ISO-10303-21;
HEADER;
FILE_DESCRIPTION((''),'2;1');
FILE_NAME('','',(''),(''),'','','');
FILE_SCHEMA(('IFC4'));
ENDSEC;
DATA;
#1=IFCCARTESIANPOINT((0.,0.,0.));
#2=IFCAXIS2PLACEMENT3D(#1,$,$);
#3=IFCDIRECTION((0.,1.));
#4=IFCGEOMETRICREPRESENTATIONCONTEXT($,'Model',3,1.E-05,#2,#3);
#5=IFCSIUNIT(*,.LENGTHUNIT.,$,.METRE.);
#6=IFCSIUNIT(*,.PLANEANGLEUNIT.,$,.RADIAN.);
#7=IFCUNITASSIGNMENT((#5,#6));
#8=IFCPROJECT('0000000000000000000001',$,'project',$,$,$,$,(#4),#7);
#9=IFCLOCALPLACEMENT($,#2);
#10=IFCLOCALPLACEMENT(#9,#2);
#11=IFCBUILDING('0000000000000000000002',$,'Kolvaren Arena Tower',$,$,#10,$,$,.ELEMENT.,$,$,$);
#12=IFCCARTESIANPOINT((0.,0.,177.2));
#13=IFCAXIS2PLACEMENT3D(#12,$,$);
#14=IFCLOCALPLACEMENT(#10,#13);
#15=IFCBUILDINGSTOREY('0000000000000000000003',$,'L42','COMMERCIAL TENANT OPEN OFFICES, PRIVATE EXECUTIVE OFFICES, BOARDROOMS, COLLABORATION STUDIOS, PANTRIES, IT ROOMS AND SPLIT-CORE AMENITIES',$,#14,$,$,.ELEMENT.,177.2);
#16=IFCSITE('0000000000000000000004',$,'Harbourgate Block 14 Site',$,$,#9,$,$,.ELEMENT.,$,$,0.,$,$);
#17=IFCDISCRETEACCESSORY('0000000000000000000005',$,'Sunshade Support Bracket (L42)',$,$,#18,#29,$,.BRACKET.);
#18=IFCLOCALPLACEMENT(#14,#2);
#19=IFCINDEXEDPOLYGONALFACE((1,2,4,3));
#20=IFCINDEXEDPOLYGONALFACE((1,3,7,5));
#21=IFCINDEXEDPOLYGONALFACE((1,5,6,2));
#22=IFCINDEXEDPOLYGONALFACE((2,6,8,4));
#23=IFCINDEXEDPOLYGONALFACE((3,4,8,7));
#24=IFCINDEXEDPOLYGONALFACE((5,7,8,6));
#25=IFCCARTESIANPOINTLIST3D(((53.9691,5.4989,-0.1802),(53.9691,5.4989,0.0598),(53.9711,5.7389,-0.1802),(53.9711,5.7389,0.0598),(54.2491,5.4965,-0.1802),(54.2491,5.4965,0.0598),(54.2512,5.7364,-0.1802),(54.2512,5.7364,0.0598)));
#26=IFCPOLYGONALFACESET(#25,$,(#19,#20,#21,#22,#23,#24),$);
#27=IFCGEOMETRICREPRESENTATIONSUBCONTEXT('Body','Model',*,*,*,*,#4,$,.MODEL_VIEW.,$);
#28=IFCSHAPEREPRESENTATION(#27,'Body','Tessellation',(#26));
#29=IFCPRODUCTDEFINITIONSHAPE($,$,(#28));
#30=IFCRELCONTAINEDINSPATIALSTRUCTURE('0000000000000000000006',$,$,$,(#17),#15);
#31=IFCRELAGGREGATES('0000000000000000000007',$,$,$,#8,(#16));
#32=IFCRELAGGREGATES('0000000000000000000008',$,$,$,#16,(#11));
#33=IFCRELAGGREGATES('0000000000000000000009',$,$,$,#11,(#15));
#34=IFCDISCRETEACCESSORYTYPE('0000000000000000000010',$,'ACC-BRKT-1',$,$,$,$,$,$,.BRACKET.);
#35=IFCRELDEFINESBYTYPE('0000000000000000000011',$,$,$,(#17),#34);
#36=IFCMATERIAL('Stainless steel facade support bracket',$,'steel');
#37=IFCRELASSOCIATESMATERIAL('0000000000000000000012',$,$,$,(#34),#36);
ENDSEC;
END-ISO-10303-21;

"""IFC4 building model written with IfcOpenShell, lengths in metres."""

from ifc_helpers import new_model, si_unit, direction, frame, origin, origin_2d, place, context, subcontext, project, spatial, rectangle, extrude, material, type_object, element, save


model = new_model("IFC4")

# Units and contexts
model_context = context("Model", 3, precision=1e-05, world=origin(), true_north=direction((0.0, 1.0)))
body_context = subcontext(model_context, "Body", "Model", "MODEL_VIEW")
ifc_project = project(units=[si_unit("LENGTHUNIT", "METRE"), si_unit("PLANEANGLEUNIT", "RADIAN")], contexts=[model_context])

# Site, building, storey
site_placement = place(None, origin())
site = spatial("IfcSite", under=ifc_project, at=site_placement, Name="Harbourgate Block 14 Site", CompositionType="ELEMENT", RefElevation=0.0)
building_placement = place(site_placement, origin())
building = spatial("IfcBuilding", under=site, at=building_placement, Name="Kolvaren Arena Tower", CompositionType="ELEMENT")
storey_placement = place(building_placement, frame((0.0, 0.0, 177.2)))
storey = spatial("IfcBuildingStorey", under=building, at=storey_placement, Name="L42", Description="COMMERCIAL TENANT OPEN OFFICES, PRIVATE EXECUTIVE OFFICES, BOARDROOMS, COLLABORATION STUDIOS, PANTRIES, IT ROOMS AND SPLIT-CORE AMENITIES", CompositionType="ELEMENT", Elevation=177.2)

# Discrete accessory
ifc_material_1 = material(Name="Stainless steel facade support bracket", Category="steel")
discrete_accessory_type = type_object("IfcDiscreteAccessoryType", Name="ACC-BRKT-1", PredefinedType="BRACKET", material=ifc_material_1)
discrete_accessory_placement = place(storey_placement, frame((54.1101, 5.6177, -0.1802), z_axis=(0.0, 0.0, 1.0), x_axis=(-0.999962, 0.008727, 0.0)))
element("IfcDiscreteAccessory", 1, at=discrete_accessory_placement, inside=storey, type_object=discrete_accessory_type, Name="Sunshade Support Bracket (L42)", PredefinedType="BRACKET", context=body_context, shape_type="SweptSolid", body=[
    extrude(rectangle(XDim=0.28, YDim=0.24, at=origin_2d()), origin(), (0.0, 0.0, 1.0), 0.24),
])

save(model, "model.ifc")
